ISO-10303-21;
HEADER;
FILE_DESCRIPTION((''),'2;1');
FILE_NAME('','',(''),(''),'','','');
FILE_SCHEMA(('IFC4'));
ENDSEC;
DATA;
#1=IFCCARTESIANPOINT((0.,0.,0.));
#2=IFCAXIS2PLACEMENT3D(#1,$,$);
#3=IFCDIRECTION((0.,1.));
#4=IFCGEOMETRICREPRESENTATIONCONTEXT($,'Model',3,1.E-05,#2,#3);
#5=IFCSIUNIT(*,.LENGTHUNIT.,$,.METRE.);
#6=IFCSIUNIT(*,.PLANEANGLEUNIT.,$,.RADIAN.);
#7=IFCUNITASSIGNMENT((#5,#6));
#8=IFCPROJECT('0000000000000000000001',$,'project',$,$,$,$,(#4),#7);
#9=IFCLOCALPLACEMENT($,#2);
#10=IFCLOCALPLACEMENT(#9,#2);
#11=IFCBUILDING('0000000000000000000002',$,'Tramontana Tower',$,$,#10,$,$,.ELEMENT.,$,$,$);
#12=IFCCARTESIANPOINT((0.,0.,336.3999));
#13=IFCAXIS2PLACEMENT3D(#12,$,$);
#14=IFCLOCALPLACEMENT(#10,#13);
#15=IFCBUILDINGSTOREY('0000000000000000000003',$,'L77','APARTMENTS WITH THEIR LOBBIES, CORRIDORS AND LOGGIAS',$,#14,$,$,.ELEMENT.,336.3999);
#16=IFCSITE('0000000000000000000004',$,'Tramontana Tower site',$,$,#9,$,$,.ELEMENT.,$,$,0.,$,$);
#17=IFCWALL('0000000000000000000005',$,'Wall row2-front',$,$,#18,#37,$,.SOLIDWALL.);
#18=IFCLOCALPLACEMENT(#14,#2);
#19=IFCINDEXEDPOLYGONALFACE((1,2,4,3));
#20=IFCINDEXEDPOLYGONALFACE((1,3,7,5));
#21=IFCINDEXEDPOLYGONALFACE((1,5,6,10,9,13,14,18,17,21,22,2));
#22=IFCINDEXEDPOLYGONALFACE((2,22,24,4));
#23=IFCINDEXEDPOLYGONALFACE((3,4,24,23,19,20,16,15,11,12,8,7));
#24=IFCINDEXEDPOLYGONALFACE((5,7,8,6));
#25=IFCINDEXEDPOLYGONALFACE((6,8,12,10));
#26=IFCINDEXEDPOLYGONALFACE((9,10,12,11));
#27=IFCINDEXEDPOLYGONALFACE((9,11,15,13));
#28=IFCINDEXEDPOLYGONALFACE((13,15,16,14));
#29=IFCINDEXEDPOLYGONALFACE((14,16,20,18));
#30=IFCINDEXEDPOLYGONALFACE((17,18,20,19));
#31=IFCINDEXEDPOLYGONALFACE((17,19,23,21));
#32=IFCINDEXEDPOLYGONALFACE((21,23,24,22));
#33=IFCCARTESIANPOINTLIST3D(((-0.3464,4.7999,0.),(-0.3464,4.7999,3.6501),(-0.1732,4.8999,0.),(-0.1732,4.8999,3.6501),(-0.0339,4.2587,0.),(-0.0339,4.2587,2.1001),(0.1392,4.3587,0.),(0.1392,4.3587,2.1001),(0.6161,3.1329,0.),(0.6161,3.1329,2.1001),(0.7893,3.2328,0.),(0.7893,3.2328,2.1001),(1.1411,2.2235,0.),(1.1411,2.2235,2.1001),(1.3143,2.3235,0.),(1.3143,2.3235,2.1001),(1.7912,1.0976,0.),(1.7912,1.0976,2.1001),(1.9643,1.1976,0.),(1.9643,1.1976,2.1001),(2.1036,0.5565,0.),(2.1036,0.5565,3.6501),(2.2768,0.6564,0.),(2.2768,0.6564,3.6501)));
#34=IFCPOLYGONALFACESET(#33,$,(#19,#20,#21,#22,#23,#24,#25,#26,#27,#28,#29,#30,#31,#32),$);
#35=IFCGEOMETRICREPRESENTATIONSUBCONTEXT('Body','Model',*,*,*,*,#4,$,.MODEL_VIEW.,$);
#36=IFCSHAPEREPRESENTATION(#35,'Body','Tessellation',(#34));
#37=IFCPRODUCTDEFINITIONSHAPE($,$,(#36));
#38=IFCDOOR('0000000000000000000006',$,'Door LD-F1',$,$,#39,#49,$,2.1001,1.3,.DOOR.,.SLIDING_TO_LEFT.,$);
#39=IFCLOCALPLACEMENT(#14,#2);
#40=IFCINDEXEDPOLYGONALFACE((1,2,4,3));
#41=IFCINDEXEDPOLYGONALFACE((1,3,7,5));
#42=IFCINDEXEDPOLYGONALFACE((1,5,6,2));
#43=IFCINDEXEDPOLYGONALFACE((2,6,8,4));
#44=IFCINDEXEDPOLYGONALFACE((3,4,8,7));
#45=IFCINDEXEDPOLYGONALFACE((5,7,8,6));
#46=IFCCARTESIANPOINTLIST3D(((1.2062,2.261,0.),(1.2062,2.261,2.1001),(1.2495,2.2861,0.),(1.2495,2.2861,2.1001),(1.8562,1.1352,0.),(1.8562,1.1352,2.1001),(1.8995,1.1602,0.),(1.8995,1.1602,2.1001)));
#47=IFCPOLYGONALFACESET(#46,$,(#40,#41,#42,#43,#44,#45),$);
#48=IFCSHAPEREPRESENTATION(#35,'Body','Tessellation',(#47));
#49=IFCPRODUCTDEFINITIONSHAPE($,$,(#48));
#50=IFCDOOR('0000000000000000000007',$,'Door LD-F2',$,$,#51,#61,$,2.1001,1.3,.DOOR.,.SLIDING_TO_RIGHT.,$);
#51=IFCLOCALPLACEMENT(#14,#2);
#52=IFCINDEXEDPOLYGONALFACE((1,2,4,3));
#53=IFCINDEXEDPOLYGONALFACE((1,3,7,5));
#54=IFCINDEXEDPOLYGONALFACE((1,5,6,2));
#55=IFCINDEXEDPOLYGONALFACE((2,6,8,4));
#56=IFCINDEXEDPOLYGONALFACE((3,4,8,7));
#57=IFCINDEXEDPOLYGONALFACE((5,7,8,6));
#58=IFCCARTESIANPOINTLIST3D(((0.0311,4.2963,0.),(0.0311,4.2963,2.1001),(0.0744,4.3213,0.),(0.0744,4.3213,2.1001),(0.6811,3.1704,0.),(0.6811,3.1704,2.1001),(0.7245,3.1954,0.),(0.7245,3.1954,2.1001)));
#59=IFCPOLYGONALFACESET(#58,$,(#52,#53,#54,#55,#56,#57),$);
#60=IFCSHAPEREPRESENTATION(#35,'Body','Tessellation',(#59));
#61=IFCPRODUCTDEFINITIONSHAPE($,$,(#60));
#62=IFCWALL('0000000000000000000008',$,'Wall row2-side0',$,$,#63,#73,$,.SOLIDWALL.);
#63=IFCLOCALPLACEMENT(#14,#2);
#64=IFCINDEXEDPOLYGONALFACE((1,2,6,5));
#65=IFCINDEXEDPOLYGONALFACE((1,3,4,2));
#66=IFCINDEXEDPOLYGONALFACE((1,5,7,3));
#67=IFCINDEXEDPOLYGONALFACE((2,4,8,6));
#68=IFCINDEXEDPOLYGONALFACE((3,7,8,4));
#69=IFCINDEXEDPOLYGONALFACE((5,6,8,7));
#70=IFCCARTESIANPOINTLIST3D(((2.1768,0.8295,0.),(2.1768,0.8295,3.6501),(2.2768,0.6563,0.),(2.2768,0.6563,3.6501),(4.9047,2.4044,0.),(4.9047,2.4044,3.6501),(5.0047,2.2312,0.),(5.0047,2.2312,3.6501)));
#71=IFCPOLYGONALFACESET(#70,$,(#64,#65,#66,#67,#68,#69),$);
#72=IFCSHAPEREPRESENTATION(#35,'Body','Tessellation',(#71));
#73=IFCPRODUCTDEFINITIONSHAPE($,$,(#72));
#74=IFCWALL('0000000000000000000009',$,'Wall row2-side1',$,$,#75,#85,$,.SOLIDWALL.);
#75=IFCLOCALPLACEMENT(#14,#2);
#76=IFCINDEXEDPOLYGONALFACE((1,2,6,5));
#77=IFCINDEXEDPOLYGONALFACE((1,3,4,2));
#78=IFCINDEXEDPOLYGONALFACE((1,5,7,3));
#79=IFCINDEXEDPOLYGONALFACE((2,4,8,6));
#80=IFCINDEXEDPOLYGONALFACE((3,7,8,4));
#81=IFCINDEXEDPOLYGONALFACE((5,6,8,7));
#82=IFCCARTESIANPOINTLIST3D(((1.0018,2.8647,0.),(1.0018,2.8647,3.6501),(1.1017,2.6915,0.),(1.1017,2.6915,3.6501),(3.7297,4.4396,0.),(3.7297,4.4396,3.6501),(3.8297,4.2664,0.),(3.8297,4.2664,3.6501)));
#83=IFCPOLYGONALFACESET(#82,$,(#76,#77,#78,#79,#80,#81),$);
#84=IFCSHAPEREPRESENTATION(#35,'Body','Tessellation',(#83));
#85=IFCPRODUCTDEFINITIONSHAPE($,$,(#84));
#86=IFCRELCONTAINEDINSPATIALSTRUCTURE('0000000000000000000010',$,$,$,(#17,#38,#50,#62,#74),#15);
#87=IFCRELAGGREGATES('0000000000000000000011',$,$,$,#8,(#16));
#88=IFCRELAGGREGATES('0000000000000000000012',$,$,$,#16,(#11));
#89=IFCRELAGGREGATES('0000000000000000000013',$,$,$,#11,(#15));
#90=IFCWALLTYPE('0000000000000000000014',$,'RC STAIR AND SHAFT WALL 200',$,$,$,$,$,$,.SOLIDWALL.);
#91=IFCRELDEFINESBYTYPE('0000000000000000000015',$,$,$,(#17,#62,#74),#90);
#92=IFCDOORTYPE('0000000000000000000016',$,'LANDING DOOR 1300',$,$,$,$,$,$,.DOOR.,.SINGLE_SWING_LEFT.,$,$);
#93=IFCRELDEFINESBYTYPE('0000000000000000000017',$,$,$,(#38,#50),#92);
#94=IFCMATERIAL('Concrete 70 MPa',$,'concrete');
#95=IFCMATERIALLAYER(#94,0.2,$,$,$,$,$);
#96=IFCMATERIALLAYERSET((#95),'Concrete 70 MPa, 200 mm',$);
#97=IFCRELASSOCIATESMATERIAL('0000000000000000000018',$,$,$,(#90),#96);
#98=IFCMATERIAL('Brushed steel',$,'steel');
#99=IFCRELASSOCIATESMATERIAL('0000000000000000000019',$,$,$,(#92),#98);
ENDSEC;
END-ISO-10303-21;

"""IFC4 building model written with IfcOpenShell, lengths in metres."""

from ifc_helpers import new_model, si_unit, direction, frame, frame_2d, origin, place, context, subcontext, project, spatial, rectangle, extrude, material, layer, layer_set, type_object, element, fill, save


model = new_model("IFC4")

# Units and contexts
model_context = context("Model", 3, precision=1e-05, world=origin(), true_north=direction((0.0, 1.0)))
body_context = subcontext(model_context, "Body", "Model", "MODEL_VIEW")
ifc_project = project(units=[si_unit("LENGTHUNIT", "METRE"), si_unit("PLANEANGLEUNIT", "RADIAN")], contexts=[model_context])

# Site, building, storey
site_placement = place(None, origin())
site = spatial("IfcSite", under=ifc_project, at=site_placement, Name="Tramontana Tower site", CompositionType="ELEMENT", RefElevation=0.0)
building_placement = place(site_placement, origin())
building = spatial("IfcBuilding", under=site, at=building_placement, Name="Tramontana Tower", CompositionType="ELEMENT")
storey_placement = place(building_placement, frame((0.0, 0.0, 336.3999)))
storey = spatial("IfcBuildingStorey", under=building, at=storey_placement, Name="L77", Description="APARTMENTS WITH THEIR LOBBIES, CORRIDORS AND LOGGIAS", CompositionType="ELEMENT", Elevation=336.3999)

# Shared definitions
ifc_material_1 = material(Name="Concrete 70 MPa", Category="concrete")
ifc_layer_1 = layer(ifc_material_1, 0.2)
ifc_layer_set_1 = layer_set([ifc_layer_1], Name="Concrete 70 MPa, 200 mm")
wall_type_1 = type_object("IfcWallType", Name="RC STAIR AND SHAFT WALL 200", PredefinedType="SOLIDWALL", material=ifc_layer_set_1)

# Wall, openings, doors
wall_1_placement = place(storey_placement, frame((2.1902, 0.6064, 0.0), z_axis=(0.0, 0.0, 1.0), x_axis=(-0.500003, 0.866024, 0.0)))
wall_1 = element("IfcWall", 1, at=wall_1_placement, inside=storey, type_object=wall_type_1, Name="Wall row2-front", PredefinedType="SOLIDWALL", context=body_context, shape_type="SweptSolid", body=[
    extrude(rectangle(XDim=4.8999, YDim=0.2, at=frame_2d((2.45, 0.0))), origin(), (0.0, 0.0, 1.0), 3.6501),
])
opening_1_placement = place(wall_1_placement, frame((0.625, 0.0, 0.0)))
opening_1 = element("IfcOpeningElement", 2, at=opening_1_placement, cuts=wall_1, PredefinedType="OPENING", context=body_context, shape_type="SweptSolid", body=[
    extrude(rectangle(XDim=1.3, YDim=2.1001, at=frame_2d((0.6499, 1.05))), frame((0.0, 0.1099, 0.0), z_axis=(0.0, -1.0, 0.0), x_axis=(1.0, 0.0, 0.0)), (0.0, 0.0, 1.0), 0.22),
])
opening_2_placement = place(wall_1_placement, frame((2.9751, 0.0, 0.0)))
opening_2 = element("IfcOpeningElement", 3, at=opening_2_placement, cuts=wall_1, PredefinedType="OPENING", context=body_context, shape_type="SweptSolid", body=[
    extrude(rectangle(XDim=1.3, YDim=2.1001, at=frame_2d((0.6499, 1.05))), frame((0.0, 0.1099, 0.0), z_axis=(0.0, -1.0, 0.0), x_axis=(1.0, 0.0, 0.0)), (0.0, 0.0, 1.0), 0.22),
])
ifc_material_2 = material(Name="Brushed steel", Category="steel")
door_type_1 = type_object("IfcDoorType", Name="LANDING DOOR 1300", OperationType="SINGLE_SWING_LEFT", PredefinedType="DOOR", material=ifc_material_2)
door_1_placement = place(opening_1_placement, origin())
door_1 = element("IfcDoor", 4, at=door_1_placement, inside=storey, type_object=door_type_1, Name="Door LD-F1", OperationType="SLIDING_TO_LEFT", OverallHeight=2.1001, OverallWidth=1.3, PredefinedType="DOOR", context=body_context, shape_type="SweptSolid", body=[
    extrude(rectangle(XDim=1.3, YDim=2.1001, at=frame_2d((0.6499, 1.05))), frame((0.0, 0.0249, 0.0), z_axis=(0.0, -1.0, 0.0), x_axis=(1.0, 0.0, 0.0)), (0.0, 0.0, 1.0), 0.05),
])
fill(opening_1, door_1)
door_2_placement = place(opening_2_placement, origin())
door_2 = element("IfcDoor", 5, at=door_2_placement, inside=storey, type_object=door_type_1, Name="Door LD-F2", OperationType="SLIDING_TO_RIGHT", OverallHeight=2.1001, OverallWidth=1.3, PredefinedType="DOOR", context=body_context, shape_type="SweptSolid", body=[
    extrude(rectangle(XDim=1.3, YDim=2.1001, at=frame_2d((0.6499, 1.05))), frame((0.0, 0.0249, 0.0), z_axis=(0.0, -1.0, 0.0), x_axis=(1.0, 0.0, 0.0)), (0.0, 0.0, 1.0), 0.05),
])
fill(opening_2, door_2)

# Walls
for number, where, z_axis, x_axis, name in (
    (6, (2.2268, 0.7429, 0.0), (0.0, 0.0, 1.0), (0.866036, 0.499982, 0.0), "Wall row2-side0"),
    (7, (1.0518, 2.7781, 0.0), (0.0, 0.0, 1.0), (0.866036, 0.499982, 0.0), "Wall row2-side1"),
):
    element("IfcWall", number, at=place(storey_placement, frame(where, z_axis=z_axis, x_axis=x_axis)), inside=storey, type_object=wall_type_1, Name=name, PredefinedType="SOLIDWALL", context=body_context, shape_type="SweptSolid", body=[
        extrude(rectangle(XDim=3.1499, YDim=0.2, at=frame_2d((1.575, 0.0))), origin(), (0.0, 0.0, 1.0), 3.6501),
    ])

save(model, "model.ifc")
